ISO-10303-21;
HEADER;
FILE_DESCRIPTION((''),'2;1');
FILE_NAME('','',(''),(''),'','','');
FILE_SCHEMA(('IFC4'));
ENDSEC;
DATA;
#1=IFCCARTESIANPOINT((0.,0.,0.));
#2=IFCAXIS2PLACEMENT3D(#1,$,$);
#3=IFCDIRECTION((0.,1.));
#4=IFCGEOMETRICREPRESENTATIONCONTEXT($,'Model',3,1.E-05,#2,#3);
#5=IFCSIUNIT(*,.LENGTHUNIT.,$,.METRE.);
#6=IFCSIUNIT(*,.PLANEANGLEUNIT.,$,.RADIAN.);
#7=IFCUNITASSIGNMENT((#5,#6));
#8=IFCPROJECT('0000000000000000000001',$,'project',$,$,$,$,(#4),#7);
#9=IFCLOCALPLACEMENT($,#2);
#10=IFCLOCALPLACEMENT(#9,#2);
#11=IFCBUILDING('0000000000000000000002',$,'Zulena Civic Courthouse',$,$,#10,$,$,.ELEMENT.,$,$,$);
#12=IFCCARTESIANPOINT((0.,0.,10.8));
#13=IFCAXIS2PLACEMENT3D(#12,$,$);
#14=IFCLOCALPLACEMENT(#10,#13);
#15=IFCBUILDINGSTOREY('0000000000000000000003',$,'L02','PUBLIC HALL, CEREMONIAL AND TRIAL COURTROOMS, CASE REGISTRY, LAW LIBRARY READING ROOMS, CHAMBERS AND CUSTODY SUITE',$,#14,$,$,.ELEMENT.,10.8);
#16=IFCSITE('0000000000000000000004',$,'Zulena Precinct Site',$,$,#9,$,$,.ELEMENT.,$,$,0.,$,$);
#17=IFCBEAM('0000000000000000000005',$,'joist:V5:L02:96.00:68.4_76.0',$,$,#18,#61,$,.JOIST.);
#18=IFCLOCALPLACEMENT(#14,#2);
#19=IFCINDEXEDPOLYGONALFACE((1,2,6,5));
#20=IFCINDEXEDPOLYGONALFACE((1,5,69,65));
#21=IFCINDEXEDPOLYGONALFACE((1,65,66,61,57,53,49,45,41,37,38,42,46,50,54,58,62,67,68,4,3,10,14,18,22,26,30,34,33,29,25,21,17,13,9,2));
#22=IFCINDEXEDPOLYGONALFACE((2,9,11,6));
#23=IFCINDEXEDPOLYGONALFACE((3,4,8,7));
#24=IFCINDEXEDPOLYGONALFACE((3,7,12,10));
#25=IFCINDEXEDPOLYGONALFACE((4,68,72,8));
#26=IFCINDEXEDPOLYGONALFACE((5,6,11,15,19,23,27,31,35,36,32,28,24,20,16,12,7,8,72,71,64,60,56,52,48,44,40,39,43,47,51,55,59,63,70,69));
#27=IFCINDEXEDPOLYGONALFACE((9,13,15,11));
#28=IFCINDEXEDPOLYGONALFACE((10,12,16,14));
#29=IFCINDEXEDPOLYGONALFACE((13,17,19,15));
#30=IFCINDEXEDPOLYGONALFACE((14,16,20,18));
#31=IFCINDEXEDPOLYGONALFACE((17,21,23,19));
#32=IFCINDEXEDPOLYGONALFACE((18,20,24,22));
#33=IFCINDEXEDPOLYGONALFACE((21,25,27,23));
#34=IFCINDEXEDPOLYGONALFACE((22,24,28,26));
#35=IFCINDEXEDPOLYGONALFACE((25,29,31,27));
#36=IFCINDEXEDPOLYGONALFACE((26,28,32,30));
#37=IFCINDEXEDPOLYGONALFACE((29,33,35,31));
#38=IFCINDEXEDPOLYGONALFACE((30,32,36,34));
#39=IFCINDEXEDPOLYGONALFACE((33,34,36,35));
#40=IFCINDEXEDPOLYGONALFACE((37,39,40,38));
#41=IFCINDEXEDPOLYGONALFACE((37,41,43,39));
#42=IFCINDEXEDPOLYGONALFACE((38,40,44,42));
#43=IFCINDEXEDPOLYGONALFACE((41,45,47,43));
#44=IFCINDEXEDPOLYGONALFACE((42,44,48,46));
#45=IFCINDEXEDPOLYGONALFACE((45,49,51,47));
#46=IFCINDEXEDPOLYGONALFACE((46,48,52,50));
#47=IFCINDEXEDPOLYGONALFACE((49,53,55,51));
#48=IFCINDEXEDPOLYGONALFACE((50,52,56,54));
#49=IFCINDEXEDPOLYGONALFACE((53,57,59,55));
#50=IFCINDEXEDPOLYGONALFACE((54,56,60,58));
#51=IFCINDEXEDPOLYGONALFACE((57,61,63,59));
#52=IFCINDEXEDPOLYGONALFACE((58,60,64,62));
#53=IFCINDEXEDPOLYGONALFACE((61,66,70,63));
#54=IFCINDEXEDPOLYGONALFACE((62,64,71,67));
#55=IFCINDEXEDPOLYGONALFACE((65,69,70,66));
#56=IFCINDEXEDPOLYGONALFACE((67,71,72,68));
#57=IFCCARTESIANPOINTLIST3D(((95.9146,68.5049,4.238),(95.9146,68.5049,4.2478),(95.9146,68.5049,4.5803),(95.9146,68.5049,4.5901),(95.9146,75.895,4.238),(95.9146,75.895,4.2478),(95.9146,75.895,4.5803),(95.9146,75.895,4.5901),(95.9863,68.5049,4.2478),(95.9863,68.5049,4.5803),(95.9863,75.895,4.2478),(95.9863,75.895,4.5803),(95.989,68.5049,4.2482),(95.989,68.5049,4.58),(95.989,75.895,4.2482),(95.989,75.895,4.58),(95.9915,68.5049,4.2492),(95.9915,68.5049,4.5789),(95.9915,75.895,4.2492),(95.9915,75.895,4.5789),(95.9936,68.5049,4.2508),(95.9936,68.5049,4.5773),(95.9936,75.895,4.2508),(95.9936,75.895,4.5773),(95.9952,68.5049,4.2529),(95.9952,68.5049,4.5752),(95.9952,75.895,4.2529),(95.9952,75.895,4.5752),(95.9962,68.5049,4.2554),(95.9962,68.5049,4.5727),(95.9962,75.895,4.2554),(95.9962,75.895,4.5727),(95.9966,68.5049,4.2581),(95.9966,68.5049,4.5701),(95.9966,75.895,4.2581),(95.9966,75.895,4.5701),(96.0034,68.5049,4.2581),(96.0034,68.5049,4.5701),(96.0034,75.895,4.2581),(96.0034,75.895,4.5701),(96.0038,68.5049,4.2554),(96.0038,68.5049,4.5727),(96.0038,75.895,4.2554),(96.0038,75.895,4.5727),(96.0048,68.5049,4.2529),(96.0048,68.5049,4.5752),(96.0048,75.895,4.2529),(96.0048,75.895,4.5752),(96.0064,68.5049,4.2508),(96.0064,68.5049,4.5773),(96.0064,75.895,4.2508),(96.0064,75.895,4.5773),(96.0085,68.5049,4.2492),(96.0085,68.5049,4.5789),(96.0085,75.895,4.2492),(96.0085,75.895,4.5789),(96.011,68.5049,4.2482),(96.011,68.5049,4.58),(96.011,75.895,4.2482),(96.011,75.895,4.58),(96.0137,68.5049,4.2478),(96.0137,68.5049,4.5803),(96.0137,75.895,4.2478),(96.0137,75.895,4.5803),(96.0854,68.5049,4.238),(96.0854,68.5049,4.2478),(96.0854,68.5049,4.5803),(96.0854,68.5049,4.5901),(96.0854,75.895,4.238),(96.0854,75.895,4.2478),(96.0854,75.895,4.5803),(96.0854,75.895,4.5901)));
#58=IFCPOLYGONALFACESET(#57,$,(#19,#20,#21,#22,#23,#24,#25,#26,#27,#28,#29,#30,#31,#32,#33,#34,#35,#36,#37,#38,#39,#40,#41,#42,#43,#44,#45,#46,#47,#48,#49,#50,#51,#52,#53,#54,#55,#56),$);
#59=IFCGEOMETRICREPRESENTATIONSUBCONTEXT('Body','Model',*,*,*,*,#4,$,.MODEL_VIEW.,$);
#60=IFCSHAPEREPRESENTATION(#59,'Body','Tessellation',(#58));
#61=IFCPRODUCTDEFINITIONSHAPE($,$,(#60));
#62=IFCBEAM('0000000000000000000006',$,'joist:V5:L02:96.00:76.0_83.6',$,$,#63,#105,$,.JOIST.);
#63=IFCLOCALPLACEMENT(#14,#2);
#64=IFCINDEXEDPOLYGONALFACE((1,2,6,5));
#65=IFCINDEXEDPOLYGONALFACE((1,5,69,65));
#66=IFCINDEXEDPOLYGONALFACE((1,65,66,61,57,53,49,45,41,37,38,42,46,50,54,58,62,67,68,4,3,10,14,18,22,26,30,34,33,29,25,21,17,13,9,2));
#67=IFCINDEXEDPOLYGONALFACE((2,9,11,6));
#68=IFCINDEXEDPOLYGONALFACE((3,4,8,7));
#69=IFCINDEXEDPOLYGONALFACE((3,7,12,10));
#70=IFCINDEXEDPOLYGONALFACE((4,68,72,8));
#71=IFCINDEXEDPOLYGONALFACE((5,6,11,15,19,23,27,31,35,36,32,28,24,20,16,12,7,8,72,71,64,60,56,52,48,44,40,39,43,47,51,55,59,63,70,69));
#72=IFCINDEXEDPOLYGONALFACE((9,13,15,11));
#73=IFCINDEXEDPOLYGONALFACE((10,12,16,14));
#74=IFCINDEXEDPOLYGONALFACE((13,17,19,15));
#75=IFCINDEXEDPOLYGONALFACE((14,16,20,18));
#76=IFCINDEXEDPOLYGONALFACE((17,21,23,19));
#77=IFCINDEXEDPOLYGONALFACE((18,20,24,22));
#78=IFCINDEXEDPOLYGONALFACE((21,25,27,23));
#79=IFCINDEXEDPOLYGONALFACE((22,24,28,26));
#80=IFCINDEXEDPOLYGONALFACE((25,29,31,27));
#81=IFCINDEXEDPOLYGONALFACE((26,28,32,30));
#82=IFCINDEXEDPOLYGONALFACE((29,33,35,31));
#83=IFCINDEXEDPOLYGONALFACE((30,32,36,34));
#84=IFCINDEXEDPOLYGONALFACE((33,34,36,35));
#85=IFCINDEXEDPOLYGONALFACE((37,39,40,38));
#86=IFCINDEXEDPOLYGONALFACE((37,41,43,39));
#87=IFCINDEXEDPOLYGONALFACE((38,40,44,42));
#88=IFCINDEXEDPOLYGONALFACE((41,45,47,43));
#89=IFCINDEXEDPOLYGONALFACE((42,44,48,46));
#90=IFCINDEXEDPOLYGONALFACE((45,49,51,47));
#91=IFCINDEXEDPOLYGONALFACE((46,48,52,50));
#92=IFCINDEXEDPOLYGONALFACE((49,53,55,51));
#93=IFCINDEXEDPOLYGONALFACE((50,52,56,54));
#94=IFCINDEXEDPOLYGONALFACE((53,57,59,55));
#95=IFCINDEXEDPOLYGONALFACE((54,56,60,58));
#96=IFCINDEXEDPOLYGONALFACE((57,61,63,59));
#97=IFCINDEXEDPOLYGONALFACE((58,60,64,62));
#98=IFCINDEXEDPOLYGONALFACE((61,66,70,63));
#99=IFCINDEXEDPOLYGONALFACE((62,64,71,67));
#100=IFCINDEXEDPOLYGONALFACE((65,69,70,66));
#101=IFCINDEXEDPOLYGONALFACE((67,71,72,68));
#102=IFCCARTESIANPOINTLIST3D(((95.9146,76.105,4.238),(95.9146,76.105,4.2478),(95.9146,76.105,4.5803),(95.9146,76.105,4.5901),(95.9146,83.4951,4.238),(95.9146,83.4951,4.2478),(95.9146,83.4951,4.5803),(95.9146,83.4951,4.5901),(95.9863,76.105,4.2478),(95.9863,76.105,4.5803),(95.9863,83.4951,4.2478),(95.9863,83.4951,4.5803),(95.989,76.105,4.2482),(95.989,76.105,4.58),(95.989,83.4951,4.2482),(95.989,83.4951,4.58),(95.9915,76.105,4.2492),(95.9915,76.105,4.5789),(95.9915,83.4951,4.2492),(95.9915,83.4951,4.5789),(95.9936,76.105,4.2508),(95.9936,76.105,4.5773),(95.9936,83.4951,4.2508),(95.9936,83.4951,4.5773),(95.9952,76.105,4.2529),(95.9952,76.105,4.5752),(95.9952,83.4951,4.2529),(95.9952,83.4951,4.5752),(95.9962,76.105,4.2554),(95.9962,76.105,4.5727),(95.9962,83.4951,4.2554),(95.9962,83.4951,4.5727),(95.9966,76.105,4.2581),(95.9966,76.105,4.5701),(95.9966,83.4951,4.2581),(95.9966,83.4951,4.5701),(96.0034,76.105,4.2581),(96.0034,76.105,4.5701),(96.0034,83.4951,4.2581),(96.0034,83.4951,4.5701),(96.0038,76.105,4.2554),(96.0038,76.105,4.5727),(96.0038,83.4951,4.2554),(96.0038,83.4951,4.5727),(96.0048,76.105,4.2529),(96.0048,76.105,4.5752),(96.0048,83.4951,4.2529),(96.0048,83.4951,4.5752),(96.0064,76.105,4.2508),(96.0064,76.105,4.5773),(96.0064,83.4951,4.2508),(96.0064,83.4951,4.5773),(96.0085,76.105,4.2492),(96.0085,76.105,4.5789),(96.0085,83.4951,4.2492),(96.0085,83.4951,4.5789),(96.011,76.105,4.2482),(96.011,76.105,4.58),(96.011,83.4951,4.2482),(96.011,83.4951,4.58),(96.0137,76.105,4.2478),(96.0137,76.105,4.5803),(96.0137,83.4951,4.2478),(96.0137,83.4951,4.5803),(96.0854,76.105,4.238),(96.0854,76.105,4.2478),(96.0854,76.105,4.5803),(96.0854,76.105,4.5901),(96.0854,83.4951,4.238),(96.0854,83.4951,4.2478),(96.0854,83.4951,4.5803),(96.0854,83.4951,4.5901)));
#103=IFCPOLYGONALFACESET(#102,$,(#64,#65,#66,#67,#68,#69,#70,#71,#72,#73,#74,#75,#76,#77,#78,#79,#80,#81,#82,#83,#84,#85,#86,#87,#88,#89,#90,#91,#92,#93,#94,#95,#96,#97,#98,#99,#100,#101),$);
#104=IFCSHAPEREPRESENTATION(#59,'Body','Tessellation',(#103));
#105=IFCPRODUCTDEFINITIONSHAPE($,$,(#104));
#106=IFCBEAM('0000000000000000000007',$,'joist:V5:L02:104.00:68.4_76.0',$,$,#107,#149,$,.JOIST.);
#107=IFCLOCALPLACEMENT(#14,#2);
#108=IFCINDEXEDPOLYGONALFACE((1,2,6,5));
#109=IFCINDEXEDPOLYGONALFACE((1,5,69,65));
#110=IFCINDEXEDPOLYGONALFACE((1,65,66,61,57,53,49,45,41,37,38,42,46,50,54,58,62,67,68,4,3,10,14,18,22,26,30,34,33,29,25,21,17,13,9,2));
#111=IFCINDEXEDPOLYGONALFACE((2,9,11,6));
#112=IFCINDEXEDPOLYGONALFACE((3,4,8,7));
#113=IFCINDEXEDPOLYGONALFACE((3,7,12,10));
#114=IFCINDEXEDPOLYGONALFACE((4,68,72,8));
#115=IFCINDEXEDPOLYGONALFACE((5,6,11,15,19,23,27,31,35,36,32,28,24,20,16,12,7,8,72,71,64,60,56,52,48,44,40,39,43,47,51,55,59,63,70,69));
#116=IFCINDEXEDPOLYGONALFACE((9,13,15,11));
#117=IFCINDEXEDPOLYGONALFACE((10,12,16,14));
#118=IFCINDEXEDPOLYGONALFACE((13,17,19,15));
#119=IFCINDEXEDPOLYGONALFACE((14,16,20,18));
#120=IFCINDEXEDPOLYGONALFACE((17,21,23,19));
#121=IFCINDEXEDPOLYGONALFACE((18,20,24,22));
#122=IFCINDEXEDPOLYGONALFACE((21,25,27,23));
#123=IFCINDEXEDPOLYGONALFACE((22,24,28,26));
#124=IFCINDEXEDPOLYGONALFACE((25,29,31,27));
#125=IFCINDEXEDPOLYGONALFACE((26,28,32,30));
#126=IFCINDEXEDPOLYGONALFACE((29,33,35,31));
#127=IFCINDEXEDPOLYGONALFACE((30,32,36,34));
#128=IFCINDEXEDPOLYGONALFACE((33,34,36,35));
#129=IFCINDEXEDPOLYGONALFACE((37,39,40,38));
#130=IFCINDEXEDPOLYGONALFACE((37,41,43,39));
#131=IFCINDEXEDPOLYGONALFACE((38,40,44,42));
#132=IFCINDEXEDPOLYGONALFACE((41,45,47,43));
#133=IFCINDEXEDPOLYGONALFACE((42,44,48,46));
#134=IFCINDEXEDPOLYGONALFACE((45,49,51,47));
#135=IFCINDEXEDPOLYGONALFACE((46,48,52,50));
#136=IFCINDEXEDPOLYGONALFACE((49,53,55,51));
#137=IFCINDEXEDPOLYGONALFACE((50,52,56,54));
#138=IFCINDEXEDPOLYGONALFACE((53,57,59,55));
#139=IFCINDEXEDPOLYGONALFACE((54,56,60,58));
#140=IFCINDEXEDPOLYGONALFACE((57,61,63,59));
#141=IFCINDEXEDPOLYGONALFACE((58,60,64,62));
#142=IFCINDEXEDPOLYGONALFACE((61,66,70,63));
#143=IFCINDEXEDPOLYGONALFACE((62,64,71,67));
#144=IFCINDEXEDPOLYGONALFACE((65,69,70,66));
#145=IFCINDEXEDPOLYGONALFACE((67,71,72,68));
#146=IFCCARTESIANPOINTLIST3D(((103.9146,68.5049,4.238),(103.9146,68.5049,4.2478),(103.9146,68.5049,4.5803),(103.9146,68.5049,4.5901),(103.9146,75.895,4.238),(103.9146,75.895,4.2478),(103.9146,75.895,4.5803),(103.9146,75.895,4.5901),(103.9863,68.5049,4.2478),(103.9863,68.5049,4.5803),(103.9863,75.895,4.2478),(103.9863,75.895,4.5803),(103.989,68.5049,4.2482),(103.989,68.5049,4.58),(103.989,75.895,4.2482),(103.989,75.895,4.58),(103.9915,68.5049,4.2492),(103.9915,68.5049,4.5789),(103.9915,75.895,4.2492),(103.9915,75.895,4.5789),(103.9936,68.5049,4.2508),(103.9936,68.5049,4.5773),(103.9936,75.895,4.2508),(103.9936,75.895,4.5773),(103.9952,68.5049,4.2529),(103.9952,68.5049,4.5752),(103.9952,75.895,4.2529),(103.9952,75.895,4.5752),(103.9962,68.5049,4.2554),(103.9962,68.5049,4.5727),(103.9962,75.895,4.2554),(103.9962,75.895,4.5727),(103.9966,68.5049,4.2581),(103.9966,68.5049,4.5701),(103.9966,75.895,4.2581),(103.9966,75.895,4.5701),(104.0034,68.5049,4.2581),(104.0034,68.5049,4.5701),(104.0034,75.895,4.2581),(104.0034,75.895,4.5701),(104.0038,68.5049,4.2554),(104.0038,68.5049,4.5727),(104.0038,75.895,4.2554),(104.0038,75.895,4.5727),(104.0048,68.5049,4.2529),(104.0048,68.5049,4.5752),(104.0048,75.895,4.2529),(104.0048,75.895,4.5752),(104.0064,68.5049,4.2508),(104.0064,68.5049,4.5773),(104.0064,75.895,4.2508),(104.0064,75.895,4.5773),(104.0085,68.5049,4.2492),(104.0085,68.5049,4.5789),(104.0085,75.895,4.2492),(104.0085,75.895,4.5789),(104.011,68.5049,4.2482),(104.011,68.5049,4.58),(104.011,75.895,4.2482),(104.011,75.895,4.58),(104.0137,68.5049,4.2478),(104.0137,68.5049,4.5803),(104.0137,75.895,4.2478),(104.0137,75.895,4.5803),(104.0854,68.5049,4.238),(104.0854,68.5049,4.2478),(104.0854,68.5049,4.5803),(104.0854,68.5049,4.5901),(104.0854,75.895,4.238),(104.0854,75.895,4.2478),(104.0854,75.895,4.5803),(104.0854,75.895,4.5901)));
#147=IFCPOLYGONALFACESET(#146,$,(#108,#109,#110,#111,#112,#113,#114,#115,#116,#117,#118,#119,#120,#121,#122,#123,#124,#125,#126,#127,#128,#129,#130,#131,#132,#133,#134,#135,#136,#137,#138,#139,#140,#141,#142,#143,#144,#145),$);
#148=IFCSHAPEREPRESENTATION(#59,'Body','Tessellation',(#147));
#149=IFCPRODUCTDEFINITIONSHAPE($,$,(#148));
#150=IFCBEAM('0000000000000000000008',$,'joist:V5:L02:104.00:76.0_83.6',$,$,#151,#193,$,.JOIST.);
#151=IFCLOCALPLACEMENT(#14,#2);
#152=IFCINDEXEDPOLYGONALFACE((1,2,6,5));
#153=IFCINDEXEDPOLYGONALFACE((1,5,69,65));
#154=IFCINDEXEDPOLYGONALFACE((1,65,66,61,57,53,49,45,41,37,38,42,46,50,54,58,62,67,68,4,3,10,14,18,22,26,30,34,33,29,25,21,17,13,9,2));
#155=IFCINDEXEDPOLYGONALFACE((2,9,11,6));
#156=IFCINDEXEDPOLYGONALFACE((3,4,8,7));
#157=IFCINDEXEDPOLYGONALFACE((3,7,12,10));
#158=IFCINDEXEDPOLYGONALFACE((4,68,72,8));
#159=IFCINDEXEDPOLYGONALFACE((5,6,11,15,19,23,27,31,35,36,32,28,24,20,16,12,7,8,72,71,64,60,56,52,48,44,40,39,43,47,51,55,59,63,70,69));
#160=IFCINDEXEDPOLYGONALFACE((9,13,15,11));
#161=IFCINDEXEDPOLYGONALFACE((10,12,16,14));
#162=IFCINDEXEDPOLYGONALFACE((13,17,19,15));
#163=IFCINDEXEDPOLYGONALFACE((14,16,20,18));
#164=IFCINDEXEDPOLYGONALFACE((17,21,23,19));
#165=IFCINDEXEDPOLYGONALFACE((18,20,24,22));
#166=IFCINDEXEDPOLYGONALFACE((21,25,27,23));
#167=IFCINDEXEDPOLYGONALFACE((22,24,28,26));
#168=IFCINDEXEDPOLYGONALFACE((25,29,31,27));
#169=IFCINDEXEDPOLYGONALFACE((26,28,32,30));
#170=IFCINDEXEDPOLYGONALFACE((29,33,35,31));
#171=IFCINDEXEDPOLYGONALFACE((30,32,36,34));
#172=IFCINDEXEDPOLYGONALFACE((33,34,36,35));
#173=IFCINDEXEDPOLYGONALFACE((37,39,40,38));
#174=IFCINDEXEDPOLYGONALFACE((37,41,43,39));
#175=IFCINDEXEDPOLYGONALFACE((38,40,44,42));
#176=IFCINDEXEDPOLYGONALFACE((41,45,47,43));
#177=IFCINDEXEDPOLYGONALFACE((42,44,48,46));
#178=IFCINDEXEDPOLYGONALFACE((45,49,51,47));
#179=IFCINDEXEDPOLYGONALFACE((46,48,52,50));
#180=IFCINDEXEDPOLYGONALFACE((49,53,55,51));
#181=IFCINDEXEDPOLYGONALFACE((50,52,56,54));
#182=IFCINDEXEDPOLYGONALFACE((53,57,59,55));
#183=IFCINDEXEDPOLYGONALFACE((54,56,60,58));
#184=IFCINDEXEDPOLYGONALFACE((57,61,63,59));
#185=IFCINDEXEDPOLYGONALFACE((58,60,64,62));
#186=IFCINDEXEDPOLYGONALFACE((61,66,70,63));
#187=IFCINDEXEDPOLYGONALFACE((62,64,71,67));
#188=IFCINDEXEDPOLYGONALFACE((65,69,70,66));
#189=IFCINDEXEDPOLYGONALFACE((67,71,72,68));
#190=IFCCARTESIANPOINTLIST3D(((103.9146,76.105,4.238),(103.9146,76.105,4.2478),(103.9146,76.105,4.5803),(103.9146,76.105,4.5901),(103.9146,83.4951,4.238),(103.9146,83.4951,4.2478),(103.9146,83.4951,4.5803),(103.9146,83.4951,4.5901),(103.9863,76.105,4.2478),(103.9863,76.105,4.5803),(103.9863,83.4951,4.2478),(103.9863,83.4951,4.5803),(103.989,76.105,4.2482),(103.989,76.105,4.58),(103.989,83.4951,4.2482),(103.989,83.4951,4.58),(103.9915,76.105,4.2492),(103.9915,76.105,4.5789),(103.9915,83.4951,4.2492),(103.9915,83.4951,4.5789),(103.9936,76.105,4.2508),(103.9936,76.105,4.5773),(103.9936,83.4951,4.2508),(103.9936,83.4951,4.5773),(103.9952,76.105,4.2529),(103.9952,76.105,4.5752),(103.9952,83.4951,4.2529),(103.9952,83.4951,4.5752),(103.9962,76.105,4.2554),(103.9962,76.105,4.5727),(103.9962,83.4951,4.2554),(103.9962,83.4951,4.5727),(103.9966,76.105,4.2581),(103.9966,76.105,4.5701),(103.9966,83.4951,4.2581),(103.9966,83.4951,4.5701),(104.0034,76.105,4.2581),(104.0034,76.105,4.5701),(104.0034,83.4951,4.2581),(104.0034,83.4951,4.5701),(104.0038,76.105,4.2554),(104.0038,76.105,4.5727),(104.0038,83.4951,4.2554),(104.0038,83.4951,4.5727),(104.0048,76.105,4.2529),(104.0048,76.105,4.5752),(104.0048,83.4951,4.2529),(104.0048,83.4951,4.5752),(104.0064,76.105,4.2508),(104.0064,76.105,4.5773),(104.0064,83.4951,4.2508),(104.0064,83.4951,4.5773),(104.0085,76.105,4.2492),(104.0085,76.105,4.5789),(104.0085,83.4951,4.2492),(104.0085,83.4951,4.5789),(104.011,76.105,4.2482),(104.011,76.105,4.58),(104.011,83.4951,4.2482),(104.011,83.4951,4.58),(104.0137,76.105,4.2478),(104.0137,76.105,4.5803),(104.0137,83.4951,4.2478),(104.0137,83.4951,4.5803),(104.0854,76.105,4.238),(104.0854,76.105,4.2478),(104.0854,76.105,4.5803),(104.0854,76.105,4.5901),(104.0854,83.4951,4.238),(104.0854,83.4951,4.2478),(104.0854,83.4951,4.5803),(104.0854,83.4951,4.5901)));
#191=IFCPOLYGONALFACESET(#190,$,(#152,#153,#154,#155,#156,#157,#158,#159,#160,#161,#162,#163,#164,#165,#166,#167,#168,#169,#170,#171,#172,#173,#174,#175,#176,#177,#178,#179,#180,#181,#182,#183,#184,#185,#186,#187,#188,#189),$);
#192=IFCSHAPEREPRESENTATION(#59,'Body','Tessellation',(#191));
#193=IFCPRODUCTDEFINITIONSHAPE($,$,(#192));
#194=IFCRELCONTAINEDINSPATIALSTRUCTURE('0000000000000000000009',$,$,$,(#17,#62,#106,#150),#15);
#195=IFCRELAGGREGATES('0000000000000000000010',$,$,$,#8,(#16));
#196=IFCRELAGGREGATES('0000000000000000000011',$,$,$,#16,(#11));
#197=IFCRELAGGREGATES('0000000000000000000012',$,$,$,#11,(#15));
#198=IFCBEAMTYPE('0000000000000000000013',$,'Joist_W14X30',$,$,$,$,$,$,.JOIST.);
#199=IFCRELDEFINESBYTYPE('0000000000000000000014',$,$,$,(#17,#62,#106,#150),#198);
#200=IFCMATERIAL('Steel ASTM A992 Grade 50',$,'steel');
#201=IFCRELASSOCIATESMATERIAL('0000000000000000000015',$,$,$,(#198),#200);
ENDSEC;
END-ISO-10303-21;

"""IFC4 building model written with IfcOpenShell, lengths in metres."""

from ifc_helpers import new_model, si_unit, direction, frame, origin, origin_2d, place, context, subcontext, project, spatial, i_section, extrude, material, material_profile, profile_set, type_object, element, save


model = new_model("IFC4")

# Units and contexts
model_context = context("Model", 3, precision=1e-05, world=origin(), true_north=direction((0.0, 1.0)))
body_context = subcontext(model_context, "Body", "Model", "MODEL_VIEW")
ifc_project = project(units=[si_unit("LENGTHUNIT", "METRE"), si_unit("PLANEANGLEUNIT", "RADIAN")], contexts=[model_context])

# Site, building, storey
site_placement = place(None, origin())
site = spatial("IfcSite", under=ifc_project, at=site_placement, Name="Zulena Precinct Site", CompositionType="ELEMENT", RefElevation=0.0)
building_placement = place(site_placement, origin())
building = spatial("IfcBuilding", under=site, at=building_placement, Name="Zulena Civic Courthouse", CompositionType="ELEMENT")
storey_placement = place(building_placement, frame((0.0, 0.0, 10.8)))
storey = spatial("IfcBuildingStorey", under=building, at=storey_placement, Name="L02", Description="PUBLIC HALL, CEREMONIAL AND TRIAL COURTROOMS, CASE REGISTRY, LAW LIBRARY READING ROOMS, CHAMBERS AND CUSTODY SUITE", CompositionType="ELEMENT", Elevation=10.8)

# Shared definitions
ifc_material_1 = material(Name="Steel ASTM A992 Grade 50", Category="steel")

# Beams
ifc_material_profile_1 = material_profile(ifc_material_1, i_section(OverallWidth=0.1709, OverallDepth=0.3521, WebThickness=0.0068, FlangeThickness=0.0098, FilletRadius=0.0103, at=origin_2d()), Name="W14X30")
ifc_profile_set_1 = profile_set([ifc_material_profile_1], Name="Steel ASTM A992 Grade 50")
beam_type_1 = type_object("IfcBeamType", Name="Joist_W14X30", PredefinedType="JOIST", material=ifc_profile_set_1)
for number, where, z_axis, x_axis, name in (
    (1, (96.0, 68.5049, 4.4141), (0.0, 1.0, 0.0), (-1.0, 0.0, 0.0), "joist:V5:L02:96.00:68.4_76.0"),
    (2, (96.0, 76.105, 4.4141), (0.0, 1.0, 0.0), (-1.0, 0.0, 0.0), "joist:V5:L02:96.00:76.0_83.6"),
    (3, (104.0, 68.5049, 4.4141), (0.0, 1.0, 0.0), (-1.0, 0.0, 0.0), "joist:V5:L02:104.00:68.4_76.0"),
    (4, (104.0, 76.105, 4.4141), (0.0, 1.0, 0.0), (-1.0, 0.0, 0.0), "joist:V5:L02:104.00:76.0_83.6"),
):
    element("IfcBeam", number, at=place(storey_placement, frame(where, z_axis=z_axis, x_axis=x_axis)), inside=storey, type_object=beam_type_1, Name=name, PredefinedType="JOIST", context=body_context, shape_type="SweptSolid", body=[
        extrude(i_section(OverallWidth=0.1709, OverallDepth=0.3521, WebThickness=0.0068, FlangeThickness=0.0098, FilletRadius=0.0103, at=origin_2d()), origin(), (0.0, 0.0, 1.0), 7.3901),
    ])

save(model, "model.ifc")
